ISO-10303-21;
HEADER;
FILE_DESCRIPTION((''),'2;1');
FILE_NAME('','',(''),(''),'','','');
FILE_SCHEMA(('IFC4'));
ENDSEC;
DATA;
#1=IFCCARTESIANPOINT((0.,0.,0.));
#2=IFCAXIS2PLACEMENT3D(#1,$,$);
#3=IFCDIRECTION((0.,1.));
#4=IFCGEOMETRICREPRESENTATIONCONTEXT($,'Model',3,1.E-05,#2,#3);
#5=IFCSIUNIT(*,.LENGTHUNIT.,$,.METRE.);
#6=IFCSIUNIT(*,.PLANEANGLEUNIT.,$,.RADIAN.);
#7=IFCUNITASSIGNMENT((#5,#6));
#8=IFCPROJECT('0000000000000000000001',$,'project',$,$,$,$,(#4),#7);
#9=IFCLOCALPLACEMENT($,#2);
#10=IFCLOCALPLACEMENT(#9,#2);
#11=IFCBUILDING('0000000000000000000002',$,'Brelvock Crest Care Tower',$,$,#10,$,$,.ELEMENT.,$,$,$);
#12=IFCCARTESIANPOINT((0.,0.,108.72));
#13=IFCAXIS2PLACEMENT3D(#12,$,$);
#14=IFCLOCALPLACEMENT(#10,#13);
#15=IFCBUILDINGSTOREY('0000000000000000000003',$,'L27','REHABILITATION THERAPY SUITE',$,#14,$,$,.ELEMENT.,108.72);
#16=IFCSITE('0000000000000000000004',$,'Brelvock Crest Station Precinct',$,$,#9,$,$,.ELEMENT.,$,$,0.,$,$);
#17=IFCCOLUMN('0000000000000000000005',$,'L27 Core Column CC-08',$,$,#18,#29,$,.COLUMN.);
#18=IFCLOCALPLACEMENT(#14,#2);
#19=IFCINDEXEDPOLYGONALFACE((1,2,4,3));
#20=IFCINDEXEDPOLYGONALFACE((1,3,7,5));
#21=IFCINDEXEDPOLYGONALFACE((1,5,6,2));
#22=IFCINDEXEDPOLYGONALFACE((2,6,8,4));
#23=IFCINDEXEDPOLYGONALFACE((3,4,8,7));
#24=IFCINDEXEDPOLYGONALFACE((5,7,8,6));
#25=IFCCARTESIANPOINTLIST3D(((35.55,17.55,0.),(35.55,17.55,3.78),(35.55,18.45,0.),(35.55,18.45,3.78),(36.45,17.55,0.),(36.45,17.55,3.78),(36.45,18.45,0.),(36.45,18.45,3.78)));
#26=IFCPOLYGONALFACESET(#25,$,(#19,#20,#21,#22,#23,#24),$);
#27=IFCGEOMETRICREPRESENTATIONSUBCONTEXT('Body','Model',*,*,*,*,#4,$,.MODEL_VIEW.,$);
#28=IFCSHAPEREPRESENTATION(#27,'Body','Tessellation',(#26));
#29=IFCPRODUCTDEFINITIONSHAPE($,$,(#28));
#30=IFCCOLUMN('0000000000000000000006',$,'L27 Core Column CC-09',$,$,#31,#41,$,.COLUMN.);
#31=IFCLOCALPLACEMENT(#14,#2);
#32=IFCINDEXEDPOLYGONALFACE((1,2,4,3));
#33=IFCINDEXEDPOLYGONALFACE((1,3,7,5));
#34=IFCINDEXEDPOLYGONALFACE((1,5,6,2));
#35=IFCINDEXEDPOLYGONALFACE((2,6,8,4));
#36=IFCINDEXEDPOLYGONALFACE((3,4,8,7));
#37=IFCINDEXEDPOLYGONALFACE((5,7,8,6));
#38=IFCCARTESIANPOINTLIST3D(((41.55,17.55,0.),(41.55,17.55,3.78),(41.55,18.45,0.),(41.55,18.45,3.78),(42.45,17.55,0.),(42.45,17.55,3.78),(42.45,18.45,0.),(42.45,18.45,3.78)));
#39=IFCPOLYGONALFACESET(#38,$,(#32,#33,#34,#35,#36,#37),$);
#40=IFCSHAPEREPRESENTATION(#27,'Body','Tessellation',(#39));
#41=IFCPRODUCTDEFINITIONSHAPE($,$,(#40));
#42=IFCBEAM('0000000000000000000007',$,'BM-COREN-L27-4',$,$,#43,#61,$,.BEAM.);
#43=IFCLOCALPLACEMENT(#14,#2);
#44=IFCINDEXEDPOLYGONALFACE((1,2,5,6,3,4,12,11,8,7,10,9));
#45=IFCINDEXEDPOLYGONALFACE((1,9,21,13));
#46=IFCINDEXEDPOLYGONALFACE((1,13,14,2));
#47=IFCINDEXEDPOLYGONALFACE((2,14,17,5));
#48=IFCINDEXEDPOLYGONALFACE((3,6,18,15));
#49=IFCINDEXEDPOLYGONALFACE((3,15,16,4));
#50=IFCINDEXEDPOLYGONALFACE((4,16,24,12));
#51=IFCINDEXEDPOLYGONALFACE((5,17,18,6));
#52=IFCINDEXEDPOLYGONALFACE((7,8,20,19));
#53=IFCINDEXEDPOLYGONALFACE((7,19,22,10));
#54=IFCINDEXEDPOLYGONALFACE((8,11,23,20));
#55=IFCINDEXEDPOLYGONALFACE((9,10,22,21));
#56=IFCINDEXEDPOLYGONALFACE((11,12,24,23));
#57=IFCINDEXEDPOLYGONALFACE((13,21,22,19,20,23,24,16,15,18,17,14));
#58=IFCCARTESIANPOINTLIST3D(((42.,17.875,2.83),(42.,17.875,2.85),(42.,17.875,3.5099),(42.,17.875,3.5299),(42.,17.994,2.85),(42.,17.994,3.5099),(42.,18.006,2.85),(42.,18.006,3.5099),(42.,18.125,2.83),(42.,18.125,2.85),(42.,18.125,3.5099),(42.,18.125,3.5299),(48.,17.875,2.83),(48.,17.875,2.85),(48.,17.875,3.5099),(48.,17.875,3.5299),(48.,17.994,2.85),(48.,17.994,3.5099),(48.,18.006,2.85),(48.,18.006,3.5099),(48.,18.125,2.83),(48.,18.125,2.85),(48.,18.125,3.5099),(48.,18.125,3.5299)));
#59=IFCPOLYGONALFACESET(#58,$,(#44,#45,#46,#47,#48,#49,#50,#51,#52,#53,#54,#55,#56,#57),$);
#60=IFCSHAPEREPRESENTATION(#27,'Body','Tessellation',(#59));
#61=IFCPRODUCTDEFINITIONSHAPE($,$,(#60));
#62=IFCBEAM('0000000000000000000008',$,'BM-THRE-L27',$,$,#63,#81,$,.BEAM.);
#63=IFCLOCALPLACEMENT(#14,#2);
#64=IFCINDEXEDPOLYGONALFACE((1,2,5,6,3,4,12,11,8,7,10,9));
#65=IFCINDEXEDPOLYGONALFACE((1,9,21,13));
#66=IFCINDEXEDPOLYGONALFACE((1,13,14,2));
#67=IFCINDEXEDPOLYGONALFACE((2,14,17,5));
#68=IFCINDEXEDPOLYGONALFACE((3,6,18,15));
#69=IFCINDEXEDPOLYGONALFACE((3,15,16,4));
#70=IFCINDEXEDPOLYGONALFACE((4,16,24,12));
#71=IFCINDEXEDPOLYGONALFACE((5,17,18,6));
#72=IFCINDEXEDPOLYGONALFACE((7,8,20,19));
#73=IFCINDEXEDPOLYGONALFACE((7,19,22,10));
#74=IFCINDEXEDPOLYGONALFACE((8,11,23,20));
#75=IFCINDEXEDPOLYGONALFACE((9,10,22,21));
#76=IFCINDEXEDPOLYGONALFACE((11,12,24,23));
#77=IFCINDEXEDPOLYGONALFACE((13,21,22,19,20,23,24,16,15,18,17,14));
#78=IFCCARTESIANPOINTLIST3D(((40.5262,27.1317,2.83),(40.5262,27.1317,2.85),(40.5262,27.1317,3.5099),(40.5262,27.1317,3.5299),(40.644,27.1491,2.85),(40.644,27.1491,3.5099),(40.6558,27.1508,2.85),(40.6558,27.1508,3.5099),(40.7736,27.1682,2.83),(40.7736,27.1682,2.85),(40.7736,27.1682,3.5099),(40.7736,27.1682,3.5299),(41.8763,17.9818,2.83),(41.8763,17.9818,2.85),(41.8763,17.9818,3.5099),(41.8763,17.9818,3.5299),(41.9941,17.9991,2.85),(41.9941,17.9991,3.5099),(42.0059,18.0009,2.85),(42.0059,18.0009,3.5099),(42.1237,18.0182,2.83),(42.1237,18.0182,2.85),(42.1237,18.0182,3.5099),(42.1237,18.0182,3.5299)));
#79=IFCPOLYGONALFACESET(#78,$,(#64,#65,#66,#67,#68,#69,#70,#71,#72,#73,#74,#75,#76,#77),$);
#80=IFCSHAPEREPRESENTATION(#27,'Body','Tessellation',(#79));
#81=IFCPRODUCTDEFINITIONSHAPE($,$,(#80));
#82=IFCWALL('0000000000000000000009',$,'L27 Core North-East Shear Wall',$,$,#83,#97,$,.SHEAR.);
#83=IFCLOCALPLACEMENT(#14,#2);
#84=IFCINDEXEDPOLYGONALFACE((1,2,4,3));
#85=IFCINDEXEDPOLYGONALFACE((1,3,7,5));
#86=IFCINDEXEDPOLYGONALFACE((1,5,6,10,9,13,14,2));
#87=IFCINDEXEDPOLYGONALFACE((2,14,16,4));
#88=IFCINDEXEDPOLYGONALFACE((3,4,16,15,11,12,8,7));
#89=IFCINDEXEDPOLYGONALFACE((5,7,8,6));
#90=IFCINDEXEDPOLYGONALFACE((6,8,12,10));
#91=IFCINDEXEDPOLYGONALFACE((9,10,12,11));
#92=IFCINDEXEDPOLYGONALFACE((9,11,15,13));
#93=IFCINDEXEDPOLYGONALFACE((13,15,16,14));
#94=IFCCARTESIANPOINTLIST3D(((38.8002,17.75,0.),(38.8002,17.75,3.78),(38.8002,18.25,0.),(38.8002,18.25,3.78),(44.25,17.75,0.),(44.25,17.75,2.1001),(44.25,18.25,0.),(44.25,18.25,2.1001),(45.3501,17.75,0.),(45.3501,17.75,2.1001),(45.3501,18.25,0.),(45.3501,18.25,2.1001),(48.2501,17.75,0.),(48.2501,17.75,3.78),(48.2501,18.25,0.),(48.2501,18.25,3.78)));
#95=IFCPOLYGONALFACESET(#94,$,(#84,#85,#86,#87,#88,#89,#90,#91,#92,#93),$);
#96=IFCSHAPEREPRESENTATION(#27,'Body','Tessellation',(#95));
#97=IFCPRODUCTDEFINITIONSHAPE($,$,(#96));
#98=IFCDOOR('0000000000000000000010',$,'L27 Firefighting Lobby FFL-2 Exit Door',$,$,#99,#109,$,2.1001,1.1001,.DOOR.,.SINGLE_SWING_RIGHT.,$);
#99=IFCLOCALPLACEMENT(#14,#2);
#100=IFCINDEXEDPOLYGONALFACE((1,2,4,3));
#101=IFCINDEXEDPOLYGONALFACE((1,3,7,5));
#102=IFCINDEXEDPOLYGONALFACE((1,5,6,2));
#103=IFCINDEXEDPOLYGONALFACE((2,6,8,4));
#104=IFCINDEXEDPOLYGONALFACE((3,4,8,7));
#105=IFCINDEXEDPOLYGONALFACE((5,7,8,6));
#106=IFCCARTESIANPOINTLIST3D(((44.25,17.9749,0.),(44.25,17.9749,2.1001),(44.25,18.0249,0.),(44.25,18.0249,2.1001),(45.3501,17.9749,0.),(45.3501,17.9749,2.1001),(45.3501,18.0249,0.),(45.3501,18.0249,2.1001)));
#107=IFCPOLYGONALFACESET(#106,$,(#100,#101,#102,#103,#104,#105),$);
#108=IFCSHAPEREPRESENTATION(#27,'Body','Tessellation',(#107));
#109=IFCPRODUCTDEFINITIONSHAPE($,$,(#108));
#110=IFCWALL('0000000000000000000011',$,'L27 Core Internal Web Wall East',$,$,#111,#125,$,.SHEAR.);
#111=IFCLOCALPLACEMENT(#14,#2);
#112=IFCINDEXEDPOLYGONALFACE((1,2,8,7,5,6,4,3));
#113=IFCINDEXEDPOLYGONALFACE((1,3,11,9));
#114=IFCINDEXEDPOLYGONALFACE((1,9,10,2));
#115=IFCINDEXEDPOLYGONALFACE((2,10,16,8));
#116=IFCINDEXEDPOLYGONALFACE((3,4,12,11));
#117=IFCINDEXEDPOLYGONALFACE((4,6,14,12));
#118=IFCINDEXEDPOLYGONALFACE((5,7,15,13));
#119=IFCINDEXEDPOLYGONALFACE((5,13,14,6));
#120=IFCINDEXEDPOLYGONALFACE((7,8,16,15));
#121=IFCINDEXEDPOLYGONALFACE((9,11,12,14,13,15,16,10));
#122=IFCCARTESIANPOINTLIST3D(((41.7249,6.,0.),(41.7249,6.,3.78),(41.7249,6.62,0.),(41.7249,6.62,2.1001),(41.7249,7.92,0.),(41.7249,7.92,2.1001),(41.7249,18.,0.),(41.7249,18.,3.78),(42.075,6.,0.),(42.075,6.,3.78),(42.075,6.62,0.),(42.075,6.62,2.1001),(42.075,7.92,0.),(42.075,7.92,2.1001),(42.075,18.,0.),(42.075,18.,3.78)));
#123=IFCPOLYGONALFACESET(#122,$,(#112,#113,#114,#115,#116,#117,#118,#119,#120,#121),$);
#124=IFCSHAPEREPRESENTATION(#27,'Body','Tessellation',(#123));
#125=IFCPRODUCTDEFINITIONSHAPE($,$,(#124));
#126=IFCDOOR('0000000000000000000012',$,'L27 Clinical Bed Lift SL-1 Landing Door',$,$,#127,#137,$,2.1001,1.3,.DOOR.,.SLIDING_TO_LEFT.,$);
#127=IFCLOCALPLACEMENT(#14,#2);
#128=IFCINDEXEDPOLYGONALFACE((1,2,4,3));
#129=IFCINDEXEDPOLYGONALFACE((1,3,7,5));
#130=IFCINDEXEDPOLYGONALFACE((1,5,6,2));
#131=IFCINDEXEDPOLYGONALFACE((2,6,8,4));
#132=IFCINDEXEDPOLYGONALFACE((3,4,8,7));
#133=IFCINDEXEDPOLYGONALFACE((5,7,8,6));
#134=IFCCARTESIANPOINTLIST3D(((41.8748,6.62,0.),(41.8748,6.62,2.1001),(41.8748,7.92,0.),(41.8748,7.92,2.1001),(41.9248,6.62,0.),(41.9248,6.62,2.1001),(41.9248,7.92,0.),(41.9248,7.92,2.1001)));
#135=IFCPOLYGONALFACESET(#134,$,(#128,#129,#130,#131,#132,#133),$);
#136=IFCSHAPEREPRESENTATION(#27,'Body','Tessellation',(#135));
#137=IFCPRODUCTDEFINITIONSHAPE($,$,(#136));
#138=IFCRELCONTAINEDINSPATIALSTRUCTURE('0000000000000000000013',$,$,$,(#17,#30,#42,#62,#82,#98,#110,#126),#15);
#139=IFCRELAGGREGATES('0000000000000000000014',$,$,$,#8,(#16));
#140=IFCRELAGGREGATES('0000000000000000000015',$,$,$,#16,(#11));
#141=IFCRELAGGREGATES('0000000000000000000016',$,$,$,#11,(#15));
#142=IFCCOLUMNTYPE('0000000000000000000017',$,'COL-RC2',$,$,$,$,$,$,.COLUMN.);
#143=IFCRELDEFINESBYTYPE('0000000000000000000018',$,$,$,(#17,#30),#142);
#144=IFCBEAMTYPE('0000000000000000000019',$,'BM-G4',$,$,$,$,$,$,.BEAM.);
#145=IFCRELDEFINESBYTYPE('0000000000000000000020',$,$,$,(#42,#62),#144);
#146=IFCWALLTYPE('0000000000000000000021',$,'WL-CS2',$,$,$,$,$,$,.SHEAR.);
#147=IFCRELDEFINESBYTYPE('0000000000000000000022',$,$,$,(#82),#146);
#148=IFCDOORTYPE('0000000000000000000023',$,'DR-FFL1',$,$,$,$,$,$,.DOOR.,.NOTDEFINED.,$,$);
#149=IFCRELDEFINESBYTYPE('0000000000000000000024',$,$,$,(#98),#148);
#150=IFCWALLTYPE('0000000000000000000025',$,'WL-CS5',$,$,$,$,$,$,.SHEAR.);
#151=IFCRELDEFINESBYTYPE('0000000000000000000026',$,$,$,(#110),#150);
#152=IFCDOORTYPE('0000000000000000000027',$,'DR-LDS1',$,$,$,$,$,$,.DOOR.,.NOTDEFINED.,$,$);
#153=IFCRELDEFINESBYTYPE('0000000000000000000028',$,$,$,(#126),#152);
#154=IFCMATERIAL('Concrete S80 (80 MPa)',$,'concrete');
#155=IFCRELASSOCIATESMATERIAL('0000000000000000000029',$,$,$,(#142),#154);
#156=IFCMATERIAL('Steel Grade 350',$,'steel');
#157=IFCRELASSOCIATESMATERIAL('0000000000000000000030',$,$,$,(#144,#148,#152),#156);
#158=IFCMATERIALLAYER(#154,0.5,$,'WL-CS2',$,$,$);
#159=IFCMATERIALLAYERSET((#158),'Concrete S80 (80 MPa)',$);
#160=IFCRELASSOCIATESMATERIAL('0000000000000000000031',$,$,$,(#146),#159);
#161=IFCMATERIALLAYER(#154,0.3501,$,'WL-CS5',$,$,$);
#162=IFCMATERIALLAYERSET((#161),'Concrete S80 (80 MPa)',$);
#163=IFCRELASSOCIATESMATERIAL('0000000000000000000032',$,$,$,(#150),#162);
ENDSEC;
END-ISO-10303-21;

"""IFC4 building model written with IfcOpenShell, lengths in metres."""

from ifc_helpers import new_model, si_unit, direction, frame, frame_2d, origin, origin_2d, place, context, subcontext, project, spatial, rectangle, i_section, extrude, source, transform, mapped, material, layer, layer_set, material_profile, profile_set, type_object, element, fill, save


model = new_model("IFC4")

# Units and contexts
model_context = context("Model", 3, precision=1e-05, world=origin(), true_north=direction((0.0, 1.0)))
body_context = subcontext(model_context, "Body", "Model", "MODEL_VIEW")
ifc_project = project(units=[si_unit("LENGTHUNIT", "METRE"), si_unit("PLANEANGLEUNIT", "RADIAN")], contexts=[model_context])

# Site, building, storey
site_placement = place(None, origin())
site = spatial("IfcSite", under=ifc_project, at=site_placement, Name="Brelvock Crest Station Precinct", CompositionType="ELEMENT", RefElevation=0.0)
building_placement = place(site_placement, origin())
building = spatial("IfcBuilding", under=site, at=building_placement, Name="Brelvock Crest Care Tower", CompositionType="ELEMENT")
storey_placement = place(building_placement, frame((0.0, 0.0, 108.72)))
storey = spatial("IfcBuildingStorey", under=building, at=storey_placement, Name="L27", Description="REHABILITATION THERAPY SUITE", CompositionType="ELEMENT", Elevation=108.72)

# Columns
ifc_material_1 = material(Name="Concrete S80 (80 MPa)", Category="concrete")
ifc_material_profile_1 = material_profile(ifc_material_1, rectangle(XDim=0.8999, YDim=0.8999, at=origin_2d()), Name="RC900x900")
ifc_profile_set_1 = profile_set([ifc_material_profile_1], Name="Concrete S80 (80 MPa)")
column_type = type_object("IfcColumnType", Name="COL-RC2", PredefinedType="COLUMN", material=ifc_profile_set_1)
shared_shape_1 = source(origin(), body_context, "Body", "SweptSolid", [
    extrude(rectangle(XDim=0.8999, YDim=0.8999, at=origin_2d()), origin(), (0.0, 0.0, 1.0), 3.78),
])
for number, where, z_axis, x_axis, name in (
    (1, (36.0, 18.0, 0.0), (0.0, 0.0, 1.0), (1.0, 0.0, 0.0), "L27 Core Column CC-08"),
    (2, (42.0, 18.0, 0.0), (0.0, 0.0, 1.0), (1.0, 0.0, 0.0), "L27 Core Column CC-09"),
):
    element("IfcColumn", number, at=place(storey_placement, frame(where, z_axis=z_axis, x_axis=x_axis)), inside=storey, type_object=column_type, Name=name, PredefinedType="COLUMN", context=body_context, shape_type="MappedRepresentation", body=[
        mapped(shared_shape_1, transform((0.0, 0.0, 0.0), x_axis=(1.0, 0.0, 0.0), y_axis=(0.0, 1.0, 0.0), z_axis=(0.0, 0.0, 1.0), scale=1.0)),
    ])

# Beams
ifc_material_2 = material(Name="Steel Grade 350", Category="steel")
ifc_material_profile_2 = material_profile(ifc_material_2, i_section(OverallWidth=0.25, OverallDepth=0.7, WebThickness=0.012, FlangeThickness=0.02, at=origin_2d()), Name="700WB150")
ifc_profile_set_2 = profile_set([ifc_material_profile_2], Name="Steel Grade 350")
beam_type = type_object("IfcBeamType", Name="BM-G4", PredefinedType="BEAM", material=ifc_profile_set_2)
shared_shape_2 = source(origin(), body_context, "Body", "SweptSolid", [
    extrude(i_section(OverallWidth=0.25, OverallDepth=0.7, WebThickness=0.012, FlangeThickness=0.02, at=origin_2d()), origin(), (0.0, 0.0, 1.0), 6.0),
])
beam_1_placement = place(storey_placement, frame((42.0, 18.0, 3.1799), z_axis=(1.0, 0.0, 0.0), x_axis=(0.0, 1.0, 0.0)))
element("IfcBeam", 3, at=beam_1_placement, inside=storey, type_object=beam_type, Name="BM-COREN-L27-4", PredefinedType="BEAM", context=body_context, shape_type="MappedRepresentation", body=[
    mapped(shared_shape_2, transform((0.0, 0.0, 0.0), x_axis=(1.0, 0.0, 0.0), y_axis=(0.0, 1.0, 0.0), z_axis=(0.0, 0.0, 1.0), scale=1.0)),
])
shared_shape_3 = source(origin(), body_context, "Body", "SweptSolid", [
    extrude(i_section(OverallWidth=0.25, OverallDepth=0.7, WebThickness=0.012, FlangeThickness=0.02, at=origin_2d()), origin(), (0.0, 0.0, 1.0), 9.249),
])
beam_2_placement = place(storey_placement, frame((42.0, 18.0, 3.1799), z_axis=(-0.145973, 0.989289, 0.0), x_axis=(-0.989289, -0.145973, 0.0)))
element("IfcBeam", 4, at=beam_2_placement, inside=storey, type_object=beam_type, Name="BM-THRE-L27", PredefinedType="BEAM", context=body_context, shape_type="MappedRepresentation", body=[
    mapped(shared_shape_3, transform((0.0, 0.0, 0.0), x_axis=(1.0, 0.0, 0.0), y_axis=(0.0, 1.0, 0.0), z_axis=(0.0, 0.0, 1.0), scale=1.0)),
])

# Walls, openings, doors
ifc_layer_1 = layer(ifc_material_1, 0.5, Name="WL-CS2")
ifc_layer_set_1 = layer_set([ifc_layer_1], Name="Concrete S80 (80 MPa)")
wall_type_1 = type_object("IfcWallType", Name="WL-CS2", PredefinedType="SHEAR", material=ifc_layer_set_1)
wall_1_placement = place(storey_placement, frame((38.8, 18.0, 0.0), z_axis=(0.0, 0.0, 1.0), x_axis=(1.0, 0.0, 0.0)))
wall_1 = element("IfcWall", 5, at=wall_1_placement, inside=storey, type_object=wall_type_1, Name="L27 Core North-East Shear Wall", PredefinedType="SHEAR", context=body_context, shape_type="SweptSolid", body=[
    extrude(rectangle(XDim=9.45, YDim=0.5, at=frame_2d((4.7251, 0.0))), origin(), (0.0, 0.0, 1.0), 3.78),
])
opening_1_placement = place(wall_1_placement, frame((5.45, 0.0, 0.0)))
opening_1 = element("IfcOpeningElement", 6, at=opening_1_placement, cuts=wall_1, PredefinedType="OPENING", context=body_context, shape_type="SweptSolid", body=[
    extrude(rectangle(XDim=1.1001, YDim=2.1001, at=origin_2d()), frame((0.55, 0.26, 1.05), z_axis=(0.0, -1.0, 0.0), x_axis=(1.0, 0.0, 0.0)), (0.0, 0.0, 1.0), 0.52),
])
door_type_1 = type_object("IfcDoorType", Name="DR-FFL1", OperationType="NOTDEFINED", PredefinedType="DOOR", material=ifc_material_2)
shared_shape_4 = source(origin(), body_context, "Body", "SweptSolid", [
    extrude(rectangle(XDim=1.1001, YDim=2.1001, at=origin_2d()), frame((0.55, 0.0249, 1.05), z_axis=(0.0, -1.0, 0.0), x_axis=(1.0, 0.0, 0.0)), (0.0, 0.0, 1.0), 0.05),
])
door_1_placement = place(opening_1_placement, origin())
door_1 = element("IfcDoor", 7, at=door_1_placement, inside=storey, type_object=door_type_1, Name="L27 Firefighting Lobby FFL-2 Exit Door", OperationType="SINGLE_SWING_RIGHT", OverallHeight=2.1001, OverallWidth=1.1001, PredefinedType="DOOR", context=body_context, shape_type="MappedRepresentation", body=[
    mapped(shared_shape_4, transform((0.0, 0.0, 0.0), x_axis=(1.0, 0.0, 0.0), y_axis=(0.0, 1.0, 0.0), z_axis=(0.0, 0.0, 1.0), scale=1.0)),
])
fill(opening_1, door_1)
ifc_layer_2 = layer(ifc_material_1, 0.3501, Name="WL-CS5")
ifc_layer_set_2 = layer_set([ifc_layer_2], Name="Concrete S80 (80 MPa)")
wall_type_2 = type_object("IfcWallType", Name="WL-CS5", PredefinedType="SHEAR", material=ifc_layer_set_2)
wall_2_placement = place(storey_placement, frame((41.8999, 18.0, 0.0), z_axis=(0.0, 0.0, 1.0), x_axis=(0.0, -1.0, 0.0)))
wall_2 = element("IfcWall", 8, at=wall_2_placement, inside=storey, type_object=wall_type_2, Name="L27 Core Internal Web Wall East", PredefinedType="SHEAR", context=body_context, shape_type="SweptSolid", body=[
    extrude(rectangle(XDim=12.0, YDim=0.3501, at=frame_2d((6.0, 0.0))), origin(), (0.0, 0.0, 1.0), 3.78),
])
opening_2_placement = place(wall_2_placement, frame((10.0801, 0.0, 0.0)))
opening_2 = element("IfcOpeningElement", 9, at=opening_2_placement, cuts=wall_2, PredefinedType="OPENING", context=body_context, shape_type="SweptSolid", body=[
    extrude(rectangle(XDim=1.3, YDim=2.1001, at=origin_2d()), frame((0.6499, 0.1851, 1.05), z_axis=(0.0, -1.0, 0.0), x_axis=(1.0, 0.0, 0.0)), (0.0, 0.0, 1.0), 0.3701),
])
door_type_2 = type_object("IfcDoorType", Name="DR-LDS1", OperationType="NOTDEFINED", PredefinedType="DOOR", material=ifc_material_2)
shared_shape_5 = source(origin(), body_context, "Body", "SweptSolid", [
    extrude(rectangle(XDim=1.3, YDim=2.1001, at=origin_2d()), frame((0.6499, 0.0249, 1.05), z_axis=(0.0, -1.0, 0.0), x_axis=(1.0, 0.0, 0.0)), (0.0, 0.0, 1.0), 0.05),
])
door_2_placement = place(opening_2_placement, origin())
door_2 = element("IfcDoor", 10, at=door_2_placement, inside=storey, type_object=door_type_2, Name="L27 Clinical Bed Lift SL-1 Landing Door", OperationType="SLIDING_TO_LEFT", OverallHeight=2.1001, OverallWidth=1.3, PredefinedType="DOOR", context=body_context, shape_type="MappedRepresentation", body=[
    mapped(shared_shape_5, transform((0.0, 0.0, 0.0), x_axis=(1.0, 0.0, 0.0), y_axis=(0.0, 1.0, 0.0), z_axis=(0.0, 0.0, 1.0), scale=1.0)),
])
fill(opening_2, door_2)

save(model, "model.ifc")
